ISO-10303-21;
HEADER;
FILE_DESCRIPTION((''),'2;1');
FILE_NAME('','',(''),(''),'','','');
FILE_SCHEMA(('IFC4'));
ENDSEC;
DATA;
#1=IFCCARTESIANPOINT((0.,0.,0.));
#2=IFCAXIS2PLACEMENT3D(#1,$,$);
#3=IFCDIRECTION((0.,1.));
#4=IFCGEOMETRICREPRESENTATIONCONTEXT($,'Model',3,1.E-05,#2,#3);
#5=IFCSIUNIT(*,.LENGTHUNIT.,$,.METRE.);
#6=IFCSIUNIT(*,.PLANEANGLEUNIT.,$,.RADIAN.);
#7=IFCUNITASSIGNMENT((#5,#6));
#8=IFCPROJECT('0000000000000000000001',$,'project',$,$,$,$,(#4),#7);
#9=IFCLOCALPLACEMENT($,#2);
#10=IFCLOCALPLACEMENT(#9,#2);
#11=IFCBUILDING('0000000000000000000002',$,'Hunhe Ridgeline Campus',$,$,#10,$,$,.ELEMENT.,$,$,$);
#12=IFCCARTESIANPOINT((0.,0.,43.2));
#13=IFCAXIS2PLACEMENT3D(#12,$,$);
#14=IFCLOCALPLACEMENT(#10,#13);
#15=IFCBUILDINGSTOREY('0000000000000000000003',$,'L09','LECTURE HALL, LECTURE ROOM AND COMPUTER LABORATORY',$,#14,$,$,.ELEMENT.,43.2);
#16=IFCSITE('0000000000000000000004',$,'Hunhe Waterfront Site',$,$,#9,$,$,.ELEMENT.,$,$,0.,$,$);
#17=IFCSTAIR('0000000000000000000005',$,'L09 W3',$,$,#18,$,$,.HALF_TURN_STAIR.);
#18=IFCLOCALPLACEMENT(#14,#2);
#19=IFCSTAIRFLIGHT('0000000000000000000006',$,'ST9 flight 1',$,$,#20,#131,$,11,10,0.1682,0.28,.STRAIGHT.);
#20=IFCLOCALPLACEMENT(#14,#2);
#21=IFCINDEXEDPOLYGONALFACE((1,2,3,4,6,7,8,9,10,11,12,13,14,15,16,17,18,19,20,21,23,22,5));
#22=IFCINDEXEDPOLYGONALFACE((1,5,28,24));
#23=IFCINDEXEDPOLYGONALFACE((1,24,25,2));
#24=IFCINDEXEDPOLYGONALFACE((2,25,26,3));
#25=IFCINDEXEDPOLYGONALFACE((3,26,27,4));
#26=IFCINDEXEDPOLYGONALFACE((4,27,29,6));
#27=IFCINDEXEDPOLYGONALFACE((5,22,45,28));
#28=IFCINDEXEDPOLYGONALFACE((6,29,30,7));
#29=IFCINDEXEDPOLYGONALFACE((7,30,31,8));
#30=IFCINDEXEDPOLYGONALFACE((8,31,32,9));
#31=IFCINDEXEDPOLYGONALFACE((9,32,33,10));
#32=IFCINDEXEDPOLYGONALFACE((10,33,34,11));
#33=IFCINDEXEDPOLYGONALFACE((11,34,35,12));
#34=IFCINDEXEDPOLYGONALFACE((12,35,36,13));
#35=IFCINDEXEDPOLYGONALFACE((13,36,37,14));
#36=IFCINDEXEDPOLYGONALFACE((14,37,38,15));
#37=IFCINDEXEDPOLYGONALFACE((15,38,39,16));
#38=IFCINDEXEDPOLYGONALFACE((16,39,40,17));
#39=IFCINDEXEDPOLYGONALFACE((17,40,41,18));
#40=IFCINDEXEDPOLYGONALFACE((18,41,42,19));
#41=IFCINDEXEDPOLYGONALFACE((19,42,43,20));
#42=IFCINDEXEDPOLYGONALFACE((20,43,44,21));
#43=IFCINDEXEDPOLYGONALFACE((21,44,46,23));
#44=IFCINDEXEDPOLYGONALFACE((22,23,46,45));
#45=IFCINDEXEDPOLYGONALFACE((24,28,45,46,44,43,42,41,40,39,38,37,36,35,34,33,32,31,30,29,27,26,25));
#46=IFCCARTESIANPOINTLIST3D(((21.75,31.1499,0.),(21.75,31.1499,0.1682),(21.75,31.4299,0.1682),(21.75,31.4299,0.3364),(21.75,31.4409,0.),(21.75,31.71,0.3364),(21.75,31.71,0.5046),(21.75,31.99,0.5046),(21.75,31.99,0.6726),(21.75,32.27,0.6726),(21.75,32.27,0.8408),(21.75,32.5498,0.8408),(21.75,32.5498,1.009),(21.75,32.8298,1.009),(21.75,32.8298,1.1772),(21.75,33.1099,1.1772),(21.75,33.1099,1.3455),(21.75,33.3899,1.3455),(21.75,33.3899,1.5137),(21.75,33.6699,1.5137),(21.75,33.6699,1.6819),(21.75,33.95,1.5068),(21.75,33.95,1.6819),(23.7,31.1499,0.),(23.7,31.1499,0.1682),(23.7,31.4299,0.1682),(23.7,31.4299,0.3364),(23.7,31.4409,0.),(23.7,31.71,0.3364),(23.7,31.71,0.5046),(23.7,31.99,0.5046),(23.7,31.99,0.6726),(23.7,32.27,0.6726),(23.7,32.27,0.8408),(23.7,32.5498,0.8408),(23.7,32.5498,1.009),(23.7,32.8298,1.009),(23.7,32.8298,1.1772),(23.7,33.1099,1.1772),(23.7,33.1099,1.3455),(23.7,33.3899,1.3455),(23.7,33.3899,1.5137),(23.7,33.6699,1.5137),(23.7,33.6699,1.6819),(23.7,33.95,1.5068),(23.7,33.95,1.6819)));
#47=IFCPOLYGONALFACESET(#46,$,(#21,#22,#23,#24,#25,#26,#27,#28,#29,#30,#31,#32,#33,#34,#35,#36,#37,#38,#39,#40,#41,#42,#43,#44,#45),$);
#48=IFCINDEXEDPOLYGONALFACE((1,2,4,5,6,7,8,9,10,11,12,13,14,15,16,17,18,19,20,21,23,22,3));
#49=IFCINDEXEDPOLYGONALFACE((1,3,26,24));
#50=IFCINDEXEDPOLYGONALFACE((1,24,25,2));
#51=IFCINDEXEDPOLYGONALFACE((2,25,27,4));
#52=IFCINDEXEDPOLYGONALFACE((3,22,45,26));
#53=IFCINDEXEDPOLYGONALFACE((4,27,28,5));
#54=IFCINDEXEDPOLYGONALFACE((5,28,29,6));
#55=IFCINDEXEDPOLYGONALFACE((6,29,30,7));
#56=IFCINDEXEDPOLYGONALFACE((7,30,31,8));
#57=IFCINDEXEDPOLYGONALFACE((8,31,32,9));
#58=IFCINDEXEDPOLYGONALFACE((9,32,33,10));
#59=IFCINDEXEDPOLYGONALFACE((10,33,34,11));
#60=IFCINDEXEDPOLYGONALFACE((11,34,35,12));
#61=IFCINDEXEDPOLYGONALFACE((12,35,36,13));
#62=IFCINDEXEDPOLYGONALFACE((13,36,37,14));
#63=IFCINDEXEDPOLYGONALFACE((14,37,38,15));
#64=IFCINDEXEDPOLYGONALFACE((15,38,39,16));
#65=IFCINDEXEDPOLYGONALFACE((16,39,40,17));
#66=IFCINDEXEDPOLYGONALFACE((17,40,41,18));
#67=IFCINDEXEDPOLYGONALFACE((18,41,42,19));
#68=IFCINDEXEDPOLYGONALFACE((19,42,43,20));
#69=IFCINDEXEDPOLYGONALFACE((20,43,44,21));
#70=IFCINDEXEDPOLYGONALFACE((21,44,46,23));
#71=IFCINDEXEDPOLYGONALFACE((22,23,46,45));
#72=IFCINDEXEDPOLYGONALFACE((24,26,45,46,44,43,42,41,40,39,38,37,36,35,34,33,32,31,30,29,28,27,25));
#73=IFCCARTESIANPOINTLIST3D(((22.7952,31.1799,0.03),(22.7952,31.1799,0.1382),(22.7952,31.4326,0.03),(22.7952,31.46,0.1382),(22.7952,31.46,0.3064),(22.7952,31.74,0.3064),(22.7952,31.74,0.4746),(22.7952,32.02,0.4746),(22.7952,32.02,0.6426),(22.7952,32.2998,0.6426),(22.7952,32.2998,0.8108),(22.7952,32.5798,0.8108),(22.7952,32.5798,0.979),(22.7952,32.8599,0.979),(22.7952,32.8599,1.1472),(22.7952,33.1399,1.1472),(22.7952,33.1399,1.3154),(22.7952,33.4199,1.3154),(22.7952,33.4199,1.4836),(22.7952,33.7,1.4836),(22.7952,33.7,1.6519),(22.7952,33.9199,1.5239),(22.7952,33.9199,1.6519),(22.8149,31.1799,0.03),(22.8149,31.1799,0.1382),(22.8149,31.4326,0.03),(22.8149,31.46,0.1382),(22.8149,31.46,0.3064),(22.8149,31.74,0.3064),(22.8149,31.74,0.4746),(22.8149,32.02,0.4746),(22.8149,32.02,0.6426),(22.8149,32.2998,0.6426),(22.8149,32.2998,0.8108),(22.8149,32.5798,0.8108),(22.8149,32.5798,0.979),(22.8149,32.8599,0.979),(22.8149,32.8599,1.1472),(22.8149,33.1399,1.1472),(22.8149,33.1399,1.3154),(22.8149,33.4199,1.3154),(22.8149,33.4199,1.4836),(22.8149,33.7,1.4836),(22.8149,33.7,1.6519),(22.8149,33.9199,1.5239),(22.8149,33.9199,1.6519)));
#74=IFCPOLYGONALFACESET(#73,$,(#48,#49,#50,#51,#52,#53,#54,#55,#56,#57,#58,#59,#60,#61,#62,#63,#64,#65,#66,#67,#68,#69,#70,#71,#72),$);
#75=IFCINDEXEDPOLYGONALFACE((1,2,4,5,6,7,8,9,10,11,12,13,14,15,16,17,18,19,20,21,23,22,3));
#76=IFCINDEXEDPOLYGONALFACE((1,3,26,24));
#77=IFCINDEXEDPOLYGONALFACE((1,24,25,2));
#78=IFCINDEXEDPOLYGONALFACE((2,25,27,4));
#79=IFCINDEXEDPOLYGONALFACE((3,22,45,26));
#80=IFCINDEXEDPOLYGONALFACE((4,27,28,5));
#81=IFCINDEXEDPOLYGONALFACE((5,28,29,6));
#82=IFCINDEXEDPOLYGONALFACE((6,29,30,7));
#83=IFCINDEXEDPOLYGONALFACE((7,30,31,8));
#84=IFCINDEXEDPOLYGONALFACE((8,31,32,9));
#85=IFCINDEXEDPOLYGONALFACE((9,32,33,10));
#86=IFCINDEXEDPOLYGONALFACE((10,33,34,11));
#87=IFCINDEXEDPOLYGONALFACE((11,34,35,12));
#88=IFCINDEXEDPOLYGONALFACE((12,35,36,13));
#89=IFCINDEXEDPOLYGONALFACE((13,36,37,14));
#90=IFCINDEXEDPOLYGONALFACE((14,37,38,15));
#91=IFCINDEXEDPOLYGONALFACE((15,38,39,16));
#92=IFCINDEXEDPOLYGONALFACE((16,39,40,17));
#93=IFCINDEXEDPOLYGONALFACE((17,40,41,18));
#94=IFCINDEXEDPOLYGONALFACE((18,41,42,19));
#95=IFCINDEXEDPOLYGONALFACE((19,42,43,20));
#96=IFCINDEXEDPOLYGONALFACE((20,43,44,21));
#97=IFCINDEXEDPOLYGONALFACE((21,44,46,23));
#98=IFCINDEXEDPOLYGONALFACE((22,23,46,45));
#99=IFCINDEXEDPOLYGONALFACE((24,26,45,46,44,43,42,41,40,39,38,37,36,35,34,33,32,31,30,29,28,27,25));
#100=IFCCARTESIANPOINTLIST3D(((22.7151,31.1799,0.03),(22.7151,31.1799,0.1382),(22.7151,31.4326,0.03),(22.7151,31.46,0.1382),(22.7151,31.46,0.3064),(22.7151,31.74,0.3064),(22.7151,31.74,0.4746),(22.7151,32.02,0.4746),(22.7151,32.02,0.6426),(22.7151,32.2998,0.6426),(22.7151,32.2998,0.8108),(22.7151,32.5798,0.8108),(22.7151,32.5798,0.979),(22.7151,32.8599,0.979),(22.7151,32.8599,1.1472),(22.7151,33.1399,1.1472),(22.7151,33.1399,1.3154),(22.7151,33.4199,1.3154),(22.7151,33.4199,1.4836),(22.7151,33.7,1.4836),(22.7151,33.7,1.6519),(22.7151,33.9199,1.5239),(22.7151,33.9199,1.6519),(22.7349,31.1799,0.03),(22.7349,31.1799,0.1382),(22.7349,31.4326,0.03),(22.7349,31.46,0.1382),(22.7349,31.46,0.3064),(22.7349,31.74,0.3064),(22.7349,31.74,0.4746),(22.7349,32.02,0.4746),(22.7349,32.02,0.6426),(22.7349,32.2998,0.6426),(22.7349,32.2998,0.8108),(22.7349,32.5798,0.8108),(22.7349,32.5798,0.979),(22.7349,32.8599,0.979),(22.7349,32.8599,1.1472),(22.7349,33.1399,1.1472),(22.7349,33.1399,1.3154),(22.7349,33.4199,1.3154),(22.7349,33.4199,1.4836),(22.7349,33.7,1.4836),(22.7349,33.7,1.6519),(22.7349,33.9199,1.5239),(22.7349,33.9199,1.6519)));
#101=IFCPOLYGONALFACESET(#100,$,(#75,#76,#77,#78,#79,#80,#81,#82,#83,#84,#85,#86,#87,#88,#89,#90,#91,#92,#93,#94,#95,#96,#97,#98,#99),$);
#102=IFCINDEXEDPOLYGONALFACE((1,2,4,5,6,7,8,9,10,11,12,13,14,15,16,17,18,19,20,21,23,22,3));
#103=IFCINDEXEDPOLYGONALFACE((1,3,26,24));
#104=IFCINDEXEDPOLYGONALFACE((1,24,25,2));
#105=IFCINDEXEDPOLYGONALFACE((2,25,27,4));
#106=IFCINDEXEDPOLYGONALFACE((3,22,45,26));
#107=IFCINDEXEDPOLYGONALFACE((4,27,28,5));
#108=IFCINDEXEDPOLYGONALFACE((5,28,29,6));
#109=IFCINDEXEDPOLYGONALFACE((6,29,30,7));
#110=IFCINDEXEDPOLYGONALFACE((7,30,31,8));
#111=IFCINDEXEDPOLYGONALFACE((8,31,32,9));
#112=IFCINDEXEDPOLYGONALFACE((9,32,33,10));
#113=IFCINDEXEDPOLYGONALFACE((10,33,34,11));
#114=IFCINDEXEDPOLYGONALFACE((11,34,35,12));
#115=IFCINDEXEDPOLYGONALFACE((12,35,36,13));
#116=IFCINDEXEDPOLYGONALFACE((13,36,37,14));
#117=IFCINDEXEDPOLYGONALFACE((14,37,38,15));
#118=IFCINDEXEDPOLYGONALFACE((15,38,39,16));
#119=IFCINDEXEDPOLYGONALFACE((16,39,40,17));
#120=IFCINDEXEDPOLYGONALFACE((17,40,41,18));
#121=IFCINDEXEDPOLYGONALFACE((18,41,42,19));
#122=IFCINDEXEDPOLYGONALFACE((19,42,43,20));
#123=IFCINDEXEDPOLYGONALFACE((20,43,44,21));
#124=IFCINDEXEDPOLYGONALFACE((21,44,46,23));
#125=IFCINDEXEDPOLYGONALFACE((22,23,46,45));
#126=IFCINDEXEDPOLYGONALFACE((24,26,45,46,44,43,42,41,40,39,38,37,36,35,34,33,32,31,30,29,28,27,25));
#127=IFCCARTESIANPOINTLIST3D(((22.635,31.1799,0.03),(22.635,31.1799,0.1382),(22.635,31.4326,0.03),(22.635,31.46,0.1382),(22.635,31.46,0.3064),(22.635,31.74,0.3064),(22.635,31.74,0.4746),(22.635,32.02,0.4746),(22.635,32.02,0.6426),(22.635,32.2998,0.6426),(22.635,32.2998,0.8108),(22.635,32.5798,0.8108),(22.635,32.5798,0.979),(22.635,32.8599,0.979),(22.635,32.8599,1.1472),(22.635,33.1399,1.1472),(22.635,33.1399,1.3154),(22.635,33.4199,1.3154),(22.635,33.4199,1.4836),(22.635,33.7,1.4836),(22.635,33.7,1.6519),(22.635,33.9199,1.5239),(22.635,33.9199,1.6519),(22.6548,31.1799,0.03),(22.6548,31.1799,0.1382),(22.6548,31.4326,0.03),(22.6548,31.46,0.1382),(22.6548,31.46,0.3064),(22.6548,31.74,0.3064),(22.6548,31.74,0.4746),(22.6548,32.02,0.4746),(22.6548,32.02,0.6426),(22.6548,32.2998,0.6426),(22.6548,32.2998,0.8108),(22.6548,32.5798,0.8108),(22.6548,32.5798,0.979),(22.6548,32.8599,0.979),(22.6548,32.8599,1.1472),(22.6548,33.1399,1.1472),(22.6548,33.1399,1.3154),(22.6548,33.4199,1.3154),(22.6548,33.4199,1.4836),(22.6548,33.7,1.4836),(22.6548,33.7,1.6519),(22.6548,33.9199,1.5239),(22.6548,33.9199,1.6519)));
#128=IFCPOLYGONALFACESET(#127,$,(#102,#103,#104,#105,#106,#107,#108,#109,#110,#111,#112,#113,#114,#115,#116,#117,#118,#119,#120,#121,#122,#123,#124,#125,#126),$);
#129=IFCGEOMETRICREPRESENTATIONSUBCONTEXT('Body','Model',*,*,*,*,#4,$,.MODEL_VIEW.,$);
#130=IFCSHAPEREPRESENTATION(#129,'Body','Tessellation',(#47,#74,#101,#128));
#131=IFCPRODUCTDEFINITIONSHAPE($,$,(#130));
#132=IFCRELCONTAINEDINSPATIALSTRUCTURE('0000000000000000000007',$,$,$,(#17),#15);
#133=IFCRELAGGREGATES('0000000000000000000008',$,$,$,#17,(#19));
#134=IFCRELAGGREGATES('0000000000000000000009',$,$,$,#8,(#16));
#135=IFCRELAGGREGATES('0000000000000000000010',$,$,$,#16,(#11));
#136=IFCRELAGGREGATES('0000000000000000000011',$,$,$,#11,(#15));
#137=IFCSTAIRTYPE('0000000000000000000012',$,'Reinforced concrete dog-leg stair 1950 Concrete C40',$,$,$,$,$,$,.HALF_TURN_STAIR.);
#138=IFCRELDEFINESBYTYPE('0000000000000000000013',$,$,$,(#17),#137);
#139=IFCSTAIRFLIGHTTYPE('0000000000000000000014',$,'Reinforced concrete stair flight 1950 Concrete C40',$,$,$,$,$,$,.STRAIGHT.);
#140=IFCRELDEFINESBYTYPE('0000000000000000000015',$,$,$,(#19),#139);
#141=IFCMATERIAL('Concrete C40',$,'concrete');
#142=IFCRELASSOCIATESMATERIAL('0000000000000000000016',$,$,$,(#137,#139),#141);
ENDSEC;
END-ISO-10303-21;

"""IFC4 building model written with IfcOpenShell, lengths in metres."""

from ifc_helpers import new_model, si_unit, direction, frame, origin, place, context, subcontext, project, spatial, polyline, outline, extrude, material, type_object, element, aggregate, save


model = new_model("IFC4")

# Units and contexts
model_context = context("Model", 3, precision=1e-05, world=origin(), true_north=direction((0.0, 1.0)))
body_context = subcontext(model_context, "Body", "Model", "MODEL_VIEW")
ifc_project = project(units=[si_unit("LENGTHUNIT", "METRE"), si_unit("PLANEANGLEUNIT", "RADIAN")], contexts=[model_context])

# Site, building, storey
site_placement = place(None, origin())
site = spatial("IfcSite", under=ifc_project, at=site_placement, Name="Hunhe Waterfront Site", CompositionType="ELEMENT", RefElevation=0.0)
building_placement = place(site_placement, origin())
building = spatial("IfcBuilding", under=site, at=building_placement, Name="Hunhe Ridgeline Campus", CompositionType="ELEMENT")
storey_placement = place(building_placement, frame((0.0, 0.0, 43.2)))
storey = spatial("IfcBuildingStorey", under=building, at=storey_placement, Name="L09", Description="LECTURE HALL, LECTURE ROOM AND COMPUTER LABORATORY", CompositionType="ELEMENT", Elevation=43.2)

# Stair, stair flight
ifc_material_1 = material(Name="Concrete C40", Category="concrete")
stair_type = type_object("IfcStairType", Name="Reinforced concrete dog-leg stair 1950 Concrete C40", PredefinedType="HALF_TURN_STAIR", material=ifc_material_1)
stair_placement = place(storey_placement, origin())
stair = element("IfcStair", 1, at=stair_placement, inside=storey, type_object=stair_type, Name="L09 W3", PredefinedType="HALF_TURN_STAIR")
stair_flight_type = type_object("IfcStairFlightType", Name="Reinforced concrete stair flight 1950 Concrete C40", PredefinedType="STRAIGHT", material=ifc_material_1)
stair_flight_placement = place(storey_placement, frame((22.7251, 31.1499, 0.0), z_axis=(0.0, 0.0, 1.0), x_axis=(0.0, 1.0, 0.0)))
stair_flight = element("IfcStairFlight", 2, at=stair_flight_placement, type_object=stair_flight_type, Name="ST9 flight 1", NumberOfRisers=11, NumberOfTreads=10, PredefinedType="STRAIGHT", RiserHeight=0.1682, TreadLength=0.28, context=body_context, shape_type="SweptSolid", body=[
    extrude(outline(polyline([(0.0, 0.0), (0.0, 0.1682), (0.28, 0.1682), (0.28, 0.3364), (0.5601, 0.3364), (0.5601, 0.5046), (0.8401, 0.5046), (0.8401, 0.6726), (1.1201, 0.6726), (1.1201, 0.8408), (1.3999, 0.8408), (1.3999, 1.009), (1.6799, 1.009), (1.6799, 1.1772), (1.96, 1.1772), (1.96, 1.3455), (2.24, 1.3455), (2.24, 1.5137), (2.52, 1.5137), (2.52, 1.6819), (2.8, 1.6819), (2.8, 1.8501), (2.8, 1.5068), (0.291, 0.0), (0.0, 0.0)])), frame((0.0, 0.9751, 0.0), z_axis=(0.0, -1.0, 0.0), x_axis=(1.0, 0.0, 0.0)), (0.0, 0.0, 1.0), 1.95),
    extrude(outline(polyline([(0.03, 0.03), (0.03, 0.1382), (0.3101, 0.1382), (0.3101, 0.3064), (0.5901, 0.3064), (0.5901, 0.4746), (0.8701, 0.4746), (0.8701, 0.6426), (1.1499, 0.6426), (1.1499, 0.8108), (1.4299, 0.8108), (1.4299, 0.979), (1.71, 0.979), (1.71, 1.1472), (1.99, 1.1472), (1.99, 1.3154), (2.27, 1.3154), (2.27, 1.4836), (2.55, 1.4836), (2.55, 1.6519), (2.77, 1.6519), (2.77, 1.5239), (0.2827, 0.03), (0.03, 0.03)])), frame((0.0, -0.0701, 0.0), z_axis=(0.0, -1.0, 0.0), x_axis=(1.0, 0.0, 0.0)), (0.0, 0.0, 1.0), 0.0198),
    extrude(outline(polyline([(0.03, 0.03), (0.03, 0.1382), (0.3101, 0.1382), (0.3101, 0.3064), (0.5901, 0.3064), (0.5901, 0.4746), (0.8701, 0.4746), (0.8701, 0.6426), (1.1499, 0.6426), (1.1499, 0.8108), (1.4299, 0.8108), (1.4299, 0.979), (1.71, 0.979), (1.71, 1.1472), (1.99, 1.1472), (1.99, 1.3154), (2.27, 1.3154), (2.27, 1.4836), (2.55, 1.4836), (2.55, 1.6519), (2.77, 1.6519), (2.77, 1.5239), (0.2827, 0.03), (0.03, 0.03)])), frame((0.0, 0.01, 0.0), z_axis=(0.0, -1.0, 0.0), x_axis=(1.0, 0.0, 0.0)), (0.0, 0.0, 1.0), 0.0198),
    extrude(outline(polyline([(0.03, 0.03), (0.03, 0.1382), (0.3101, 0.1382), (0.3101, 0.3064), (0.5901, 0.3064), (0.5901, 0.4746), (0.8701, 0.4746), (0.8701, 0.6426), (1.1499, 0.6426), (1.1499, 0.8108), (1.4299, 0.8108), (1.4299, 0.979), (1.71, 0.979), (1.71, 1.1472), (1.99, 1.1472), (1.99, 1.3154), (2.27, 1.3154), (2.27, 1.4836), (2.55, 1.4836), (2.55, 1.6519), (2.77, 1.6519), (2.77, 1.5239), (0.2827, 0.03), (0.03, 0.03)])), frame((0.0, 0.0901, 0.0), z_axis=(0.0, -1.0, 0.0), x_axis=(1.0, 0.0, 0.0)), (0.0, 0.0, 1.0), 0.0198),
])
aggregate(stair, [stair_flight])

save(model, "model.ifc")
